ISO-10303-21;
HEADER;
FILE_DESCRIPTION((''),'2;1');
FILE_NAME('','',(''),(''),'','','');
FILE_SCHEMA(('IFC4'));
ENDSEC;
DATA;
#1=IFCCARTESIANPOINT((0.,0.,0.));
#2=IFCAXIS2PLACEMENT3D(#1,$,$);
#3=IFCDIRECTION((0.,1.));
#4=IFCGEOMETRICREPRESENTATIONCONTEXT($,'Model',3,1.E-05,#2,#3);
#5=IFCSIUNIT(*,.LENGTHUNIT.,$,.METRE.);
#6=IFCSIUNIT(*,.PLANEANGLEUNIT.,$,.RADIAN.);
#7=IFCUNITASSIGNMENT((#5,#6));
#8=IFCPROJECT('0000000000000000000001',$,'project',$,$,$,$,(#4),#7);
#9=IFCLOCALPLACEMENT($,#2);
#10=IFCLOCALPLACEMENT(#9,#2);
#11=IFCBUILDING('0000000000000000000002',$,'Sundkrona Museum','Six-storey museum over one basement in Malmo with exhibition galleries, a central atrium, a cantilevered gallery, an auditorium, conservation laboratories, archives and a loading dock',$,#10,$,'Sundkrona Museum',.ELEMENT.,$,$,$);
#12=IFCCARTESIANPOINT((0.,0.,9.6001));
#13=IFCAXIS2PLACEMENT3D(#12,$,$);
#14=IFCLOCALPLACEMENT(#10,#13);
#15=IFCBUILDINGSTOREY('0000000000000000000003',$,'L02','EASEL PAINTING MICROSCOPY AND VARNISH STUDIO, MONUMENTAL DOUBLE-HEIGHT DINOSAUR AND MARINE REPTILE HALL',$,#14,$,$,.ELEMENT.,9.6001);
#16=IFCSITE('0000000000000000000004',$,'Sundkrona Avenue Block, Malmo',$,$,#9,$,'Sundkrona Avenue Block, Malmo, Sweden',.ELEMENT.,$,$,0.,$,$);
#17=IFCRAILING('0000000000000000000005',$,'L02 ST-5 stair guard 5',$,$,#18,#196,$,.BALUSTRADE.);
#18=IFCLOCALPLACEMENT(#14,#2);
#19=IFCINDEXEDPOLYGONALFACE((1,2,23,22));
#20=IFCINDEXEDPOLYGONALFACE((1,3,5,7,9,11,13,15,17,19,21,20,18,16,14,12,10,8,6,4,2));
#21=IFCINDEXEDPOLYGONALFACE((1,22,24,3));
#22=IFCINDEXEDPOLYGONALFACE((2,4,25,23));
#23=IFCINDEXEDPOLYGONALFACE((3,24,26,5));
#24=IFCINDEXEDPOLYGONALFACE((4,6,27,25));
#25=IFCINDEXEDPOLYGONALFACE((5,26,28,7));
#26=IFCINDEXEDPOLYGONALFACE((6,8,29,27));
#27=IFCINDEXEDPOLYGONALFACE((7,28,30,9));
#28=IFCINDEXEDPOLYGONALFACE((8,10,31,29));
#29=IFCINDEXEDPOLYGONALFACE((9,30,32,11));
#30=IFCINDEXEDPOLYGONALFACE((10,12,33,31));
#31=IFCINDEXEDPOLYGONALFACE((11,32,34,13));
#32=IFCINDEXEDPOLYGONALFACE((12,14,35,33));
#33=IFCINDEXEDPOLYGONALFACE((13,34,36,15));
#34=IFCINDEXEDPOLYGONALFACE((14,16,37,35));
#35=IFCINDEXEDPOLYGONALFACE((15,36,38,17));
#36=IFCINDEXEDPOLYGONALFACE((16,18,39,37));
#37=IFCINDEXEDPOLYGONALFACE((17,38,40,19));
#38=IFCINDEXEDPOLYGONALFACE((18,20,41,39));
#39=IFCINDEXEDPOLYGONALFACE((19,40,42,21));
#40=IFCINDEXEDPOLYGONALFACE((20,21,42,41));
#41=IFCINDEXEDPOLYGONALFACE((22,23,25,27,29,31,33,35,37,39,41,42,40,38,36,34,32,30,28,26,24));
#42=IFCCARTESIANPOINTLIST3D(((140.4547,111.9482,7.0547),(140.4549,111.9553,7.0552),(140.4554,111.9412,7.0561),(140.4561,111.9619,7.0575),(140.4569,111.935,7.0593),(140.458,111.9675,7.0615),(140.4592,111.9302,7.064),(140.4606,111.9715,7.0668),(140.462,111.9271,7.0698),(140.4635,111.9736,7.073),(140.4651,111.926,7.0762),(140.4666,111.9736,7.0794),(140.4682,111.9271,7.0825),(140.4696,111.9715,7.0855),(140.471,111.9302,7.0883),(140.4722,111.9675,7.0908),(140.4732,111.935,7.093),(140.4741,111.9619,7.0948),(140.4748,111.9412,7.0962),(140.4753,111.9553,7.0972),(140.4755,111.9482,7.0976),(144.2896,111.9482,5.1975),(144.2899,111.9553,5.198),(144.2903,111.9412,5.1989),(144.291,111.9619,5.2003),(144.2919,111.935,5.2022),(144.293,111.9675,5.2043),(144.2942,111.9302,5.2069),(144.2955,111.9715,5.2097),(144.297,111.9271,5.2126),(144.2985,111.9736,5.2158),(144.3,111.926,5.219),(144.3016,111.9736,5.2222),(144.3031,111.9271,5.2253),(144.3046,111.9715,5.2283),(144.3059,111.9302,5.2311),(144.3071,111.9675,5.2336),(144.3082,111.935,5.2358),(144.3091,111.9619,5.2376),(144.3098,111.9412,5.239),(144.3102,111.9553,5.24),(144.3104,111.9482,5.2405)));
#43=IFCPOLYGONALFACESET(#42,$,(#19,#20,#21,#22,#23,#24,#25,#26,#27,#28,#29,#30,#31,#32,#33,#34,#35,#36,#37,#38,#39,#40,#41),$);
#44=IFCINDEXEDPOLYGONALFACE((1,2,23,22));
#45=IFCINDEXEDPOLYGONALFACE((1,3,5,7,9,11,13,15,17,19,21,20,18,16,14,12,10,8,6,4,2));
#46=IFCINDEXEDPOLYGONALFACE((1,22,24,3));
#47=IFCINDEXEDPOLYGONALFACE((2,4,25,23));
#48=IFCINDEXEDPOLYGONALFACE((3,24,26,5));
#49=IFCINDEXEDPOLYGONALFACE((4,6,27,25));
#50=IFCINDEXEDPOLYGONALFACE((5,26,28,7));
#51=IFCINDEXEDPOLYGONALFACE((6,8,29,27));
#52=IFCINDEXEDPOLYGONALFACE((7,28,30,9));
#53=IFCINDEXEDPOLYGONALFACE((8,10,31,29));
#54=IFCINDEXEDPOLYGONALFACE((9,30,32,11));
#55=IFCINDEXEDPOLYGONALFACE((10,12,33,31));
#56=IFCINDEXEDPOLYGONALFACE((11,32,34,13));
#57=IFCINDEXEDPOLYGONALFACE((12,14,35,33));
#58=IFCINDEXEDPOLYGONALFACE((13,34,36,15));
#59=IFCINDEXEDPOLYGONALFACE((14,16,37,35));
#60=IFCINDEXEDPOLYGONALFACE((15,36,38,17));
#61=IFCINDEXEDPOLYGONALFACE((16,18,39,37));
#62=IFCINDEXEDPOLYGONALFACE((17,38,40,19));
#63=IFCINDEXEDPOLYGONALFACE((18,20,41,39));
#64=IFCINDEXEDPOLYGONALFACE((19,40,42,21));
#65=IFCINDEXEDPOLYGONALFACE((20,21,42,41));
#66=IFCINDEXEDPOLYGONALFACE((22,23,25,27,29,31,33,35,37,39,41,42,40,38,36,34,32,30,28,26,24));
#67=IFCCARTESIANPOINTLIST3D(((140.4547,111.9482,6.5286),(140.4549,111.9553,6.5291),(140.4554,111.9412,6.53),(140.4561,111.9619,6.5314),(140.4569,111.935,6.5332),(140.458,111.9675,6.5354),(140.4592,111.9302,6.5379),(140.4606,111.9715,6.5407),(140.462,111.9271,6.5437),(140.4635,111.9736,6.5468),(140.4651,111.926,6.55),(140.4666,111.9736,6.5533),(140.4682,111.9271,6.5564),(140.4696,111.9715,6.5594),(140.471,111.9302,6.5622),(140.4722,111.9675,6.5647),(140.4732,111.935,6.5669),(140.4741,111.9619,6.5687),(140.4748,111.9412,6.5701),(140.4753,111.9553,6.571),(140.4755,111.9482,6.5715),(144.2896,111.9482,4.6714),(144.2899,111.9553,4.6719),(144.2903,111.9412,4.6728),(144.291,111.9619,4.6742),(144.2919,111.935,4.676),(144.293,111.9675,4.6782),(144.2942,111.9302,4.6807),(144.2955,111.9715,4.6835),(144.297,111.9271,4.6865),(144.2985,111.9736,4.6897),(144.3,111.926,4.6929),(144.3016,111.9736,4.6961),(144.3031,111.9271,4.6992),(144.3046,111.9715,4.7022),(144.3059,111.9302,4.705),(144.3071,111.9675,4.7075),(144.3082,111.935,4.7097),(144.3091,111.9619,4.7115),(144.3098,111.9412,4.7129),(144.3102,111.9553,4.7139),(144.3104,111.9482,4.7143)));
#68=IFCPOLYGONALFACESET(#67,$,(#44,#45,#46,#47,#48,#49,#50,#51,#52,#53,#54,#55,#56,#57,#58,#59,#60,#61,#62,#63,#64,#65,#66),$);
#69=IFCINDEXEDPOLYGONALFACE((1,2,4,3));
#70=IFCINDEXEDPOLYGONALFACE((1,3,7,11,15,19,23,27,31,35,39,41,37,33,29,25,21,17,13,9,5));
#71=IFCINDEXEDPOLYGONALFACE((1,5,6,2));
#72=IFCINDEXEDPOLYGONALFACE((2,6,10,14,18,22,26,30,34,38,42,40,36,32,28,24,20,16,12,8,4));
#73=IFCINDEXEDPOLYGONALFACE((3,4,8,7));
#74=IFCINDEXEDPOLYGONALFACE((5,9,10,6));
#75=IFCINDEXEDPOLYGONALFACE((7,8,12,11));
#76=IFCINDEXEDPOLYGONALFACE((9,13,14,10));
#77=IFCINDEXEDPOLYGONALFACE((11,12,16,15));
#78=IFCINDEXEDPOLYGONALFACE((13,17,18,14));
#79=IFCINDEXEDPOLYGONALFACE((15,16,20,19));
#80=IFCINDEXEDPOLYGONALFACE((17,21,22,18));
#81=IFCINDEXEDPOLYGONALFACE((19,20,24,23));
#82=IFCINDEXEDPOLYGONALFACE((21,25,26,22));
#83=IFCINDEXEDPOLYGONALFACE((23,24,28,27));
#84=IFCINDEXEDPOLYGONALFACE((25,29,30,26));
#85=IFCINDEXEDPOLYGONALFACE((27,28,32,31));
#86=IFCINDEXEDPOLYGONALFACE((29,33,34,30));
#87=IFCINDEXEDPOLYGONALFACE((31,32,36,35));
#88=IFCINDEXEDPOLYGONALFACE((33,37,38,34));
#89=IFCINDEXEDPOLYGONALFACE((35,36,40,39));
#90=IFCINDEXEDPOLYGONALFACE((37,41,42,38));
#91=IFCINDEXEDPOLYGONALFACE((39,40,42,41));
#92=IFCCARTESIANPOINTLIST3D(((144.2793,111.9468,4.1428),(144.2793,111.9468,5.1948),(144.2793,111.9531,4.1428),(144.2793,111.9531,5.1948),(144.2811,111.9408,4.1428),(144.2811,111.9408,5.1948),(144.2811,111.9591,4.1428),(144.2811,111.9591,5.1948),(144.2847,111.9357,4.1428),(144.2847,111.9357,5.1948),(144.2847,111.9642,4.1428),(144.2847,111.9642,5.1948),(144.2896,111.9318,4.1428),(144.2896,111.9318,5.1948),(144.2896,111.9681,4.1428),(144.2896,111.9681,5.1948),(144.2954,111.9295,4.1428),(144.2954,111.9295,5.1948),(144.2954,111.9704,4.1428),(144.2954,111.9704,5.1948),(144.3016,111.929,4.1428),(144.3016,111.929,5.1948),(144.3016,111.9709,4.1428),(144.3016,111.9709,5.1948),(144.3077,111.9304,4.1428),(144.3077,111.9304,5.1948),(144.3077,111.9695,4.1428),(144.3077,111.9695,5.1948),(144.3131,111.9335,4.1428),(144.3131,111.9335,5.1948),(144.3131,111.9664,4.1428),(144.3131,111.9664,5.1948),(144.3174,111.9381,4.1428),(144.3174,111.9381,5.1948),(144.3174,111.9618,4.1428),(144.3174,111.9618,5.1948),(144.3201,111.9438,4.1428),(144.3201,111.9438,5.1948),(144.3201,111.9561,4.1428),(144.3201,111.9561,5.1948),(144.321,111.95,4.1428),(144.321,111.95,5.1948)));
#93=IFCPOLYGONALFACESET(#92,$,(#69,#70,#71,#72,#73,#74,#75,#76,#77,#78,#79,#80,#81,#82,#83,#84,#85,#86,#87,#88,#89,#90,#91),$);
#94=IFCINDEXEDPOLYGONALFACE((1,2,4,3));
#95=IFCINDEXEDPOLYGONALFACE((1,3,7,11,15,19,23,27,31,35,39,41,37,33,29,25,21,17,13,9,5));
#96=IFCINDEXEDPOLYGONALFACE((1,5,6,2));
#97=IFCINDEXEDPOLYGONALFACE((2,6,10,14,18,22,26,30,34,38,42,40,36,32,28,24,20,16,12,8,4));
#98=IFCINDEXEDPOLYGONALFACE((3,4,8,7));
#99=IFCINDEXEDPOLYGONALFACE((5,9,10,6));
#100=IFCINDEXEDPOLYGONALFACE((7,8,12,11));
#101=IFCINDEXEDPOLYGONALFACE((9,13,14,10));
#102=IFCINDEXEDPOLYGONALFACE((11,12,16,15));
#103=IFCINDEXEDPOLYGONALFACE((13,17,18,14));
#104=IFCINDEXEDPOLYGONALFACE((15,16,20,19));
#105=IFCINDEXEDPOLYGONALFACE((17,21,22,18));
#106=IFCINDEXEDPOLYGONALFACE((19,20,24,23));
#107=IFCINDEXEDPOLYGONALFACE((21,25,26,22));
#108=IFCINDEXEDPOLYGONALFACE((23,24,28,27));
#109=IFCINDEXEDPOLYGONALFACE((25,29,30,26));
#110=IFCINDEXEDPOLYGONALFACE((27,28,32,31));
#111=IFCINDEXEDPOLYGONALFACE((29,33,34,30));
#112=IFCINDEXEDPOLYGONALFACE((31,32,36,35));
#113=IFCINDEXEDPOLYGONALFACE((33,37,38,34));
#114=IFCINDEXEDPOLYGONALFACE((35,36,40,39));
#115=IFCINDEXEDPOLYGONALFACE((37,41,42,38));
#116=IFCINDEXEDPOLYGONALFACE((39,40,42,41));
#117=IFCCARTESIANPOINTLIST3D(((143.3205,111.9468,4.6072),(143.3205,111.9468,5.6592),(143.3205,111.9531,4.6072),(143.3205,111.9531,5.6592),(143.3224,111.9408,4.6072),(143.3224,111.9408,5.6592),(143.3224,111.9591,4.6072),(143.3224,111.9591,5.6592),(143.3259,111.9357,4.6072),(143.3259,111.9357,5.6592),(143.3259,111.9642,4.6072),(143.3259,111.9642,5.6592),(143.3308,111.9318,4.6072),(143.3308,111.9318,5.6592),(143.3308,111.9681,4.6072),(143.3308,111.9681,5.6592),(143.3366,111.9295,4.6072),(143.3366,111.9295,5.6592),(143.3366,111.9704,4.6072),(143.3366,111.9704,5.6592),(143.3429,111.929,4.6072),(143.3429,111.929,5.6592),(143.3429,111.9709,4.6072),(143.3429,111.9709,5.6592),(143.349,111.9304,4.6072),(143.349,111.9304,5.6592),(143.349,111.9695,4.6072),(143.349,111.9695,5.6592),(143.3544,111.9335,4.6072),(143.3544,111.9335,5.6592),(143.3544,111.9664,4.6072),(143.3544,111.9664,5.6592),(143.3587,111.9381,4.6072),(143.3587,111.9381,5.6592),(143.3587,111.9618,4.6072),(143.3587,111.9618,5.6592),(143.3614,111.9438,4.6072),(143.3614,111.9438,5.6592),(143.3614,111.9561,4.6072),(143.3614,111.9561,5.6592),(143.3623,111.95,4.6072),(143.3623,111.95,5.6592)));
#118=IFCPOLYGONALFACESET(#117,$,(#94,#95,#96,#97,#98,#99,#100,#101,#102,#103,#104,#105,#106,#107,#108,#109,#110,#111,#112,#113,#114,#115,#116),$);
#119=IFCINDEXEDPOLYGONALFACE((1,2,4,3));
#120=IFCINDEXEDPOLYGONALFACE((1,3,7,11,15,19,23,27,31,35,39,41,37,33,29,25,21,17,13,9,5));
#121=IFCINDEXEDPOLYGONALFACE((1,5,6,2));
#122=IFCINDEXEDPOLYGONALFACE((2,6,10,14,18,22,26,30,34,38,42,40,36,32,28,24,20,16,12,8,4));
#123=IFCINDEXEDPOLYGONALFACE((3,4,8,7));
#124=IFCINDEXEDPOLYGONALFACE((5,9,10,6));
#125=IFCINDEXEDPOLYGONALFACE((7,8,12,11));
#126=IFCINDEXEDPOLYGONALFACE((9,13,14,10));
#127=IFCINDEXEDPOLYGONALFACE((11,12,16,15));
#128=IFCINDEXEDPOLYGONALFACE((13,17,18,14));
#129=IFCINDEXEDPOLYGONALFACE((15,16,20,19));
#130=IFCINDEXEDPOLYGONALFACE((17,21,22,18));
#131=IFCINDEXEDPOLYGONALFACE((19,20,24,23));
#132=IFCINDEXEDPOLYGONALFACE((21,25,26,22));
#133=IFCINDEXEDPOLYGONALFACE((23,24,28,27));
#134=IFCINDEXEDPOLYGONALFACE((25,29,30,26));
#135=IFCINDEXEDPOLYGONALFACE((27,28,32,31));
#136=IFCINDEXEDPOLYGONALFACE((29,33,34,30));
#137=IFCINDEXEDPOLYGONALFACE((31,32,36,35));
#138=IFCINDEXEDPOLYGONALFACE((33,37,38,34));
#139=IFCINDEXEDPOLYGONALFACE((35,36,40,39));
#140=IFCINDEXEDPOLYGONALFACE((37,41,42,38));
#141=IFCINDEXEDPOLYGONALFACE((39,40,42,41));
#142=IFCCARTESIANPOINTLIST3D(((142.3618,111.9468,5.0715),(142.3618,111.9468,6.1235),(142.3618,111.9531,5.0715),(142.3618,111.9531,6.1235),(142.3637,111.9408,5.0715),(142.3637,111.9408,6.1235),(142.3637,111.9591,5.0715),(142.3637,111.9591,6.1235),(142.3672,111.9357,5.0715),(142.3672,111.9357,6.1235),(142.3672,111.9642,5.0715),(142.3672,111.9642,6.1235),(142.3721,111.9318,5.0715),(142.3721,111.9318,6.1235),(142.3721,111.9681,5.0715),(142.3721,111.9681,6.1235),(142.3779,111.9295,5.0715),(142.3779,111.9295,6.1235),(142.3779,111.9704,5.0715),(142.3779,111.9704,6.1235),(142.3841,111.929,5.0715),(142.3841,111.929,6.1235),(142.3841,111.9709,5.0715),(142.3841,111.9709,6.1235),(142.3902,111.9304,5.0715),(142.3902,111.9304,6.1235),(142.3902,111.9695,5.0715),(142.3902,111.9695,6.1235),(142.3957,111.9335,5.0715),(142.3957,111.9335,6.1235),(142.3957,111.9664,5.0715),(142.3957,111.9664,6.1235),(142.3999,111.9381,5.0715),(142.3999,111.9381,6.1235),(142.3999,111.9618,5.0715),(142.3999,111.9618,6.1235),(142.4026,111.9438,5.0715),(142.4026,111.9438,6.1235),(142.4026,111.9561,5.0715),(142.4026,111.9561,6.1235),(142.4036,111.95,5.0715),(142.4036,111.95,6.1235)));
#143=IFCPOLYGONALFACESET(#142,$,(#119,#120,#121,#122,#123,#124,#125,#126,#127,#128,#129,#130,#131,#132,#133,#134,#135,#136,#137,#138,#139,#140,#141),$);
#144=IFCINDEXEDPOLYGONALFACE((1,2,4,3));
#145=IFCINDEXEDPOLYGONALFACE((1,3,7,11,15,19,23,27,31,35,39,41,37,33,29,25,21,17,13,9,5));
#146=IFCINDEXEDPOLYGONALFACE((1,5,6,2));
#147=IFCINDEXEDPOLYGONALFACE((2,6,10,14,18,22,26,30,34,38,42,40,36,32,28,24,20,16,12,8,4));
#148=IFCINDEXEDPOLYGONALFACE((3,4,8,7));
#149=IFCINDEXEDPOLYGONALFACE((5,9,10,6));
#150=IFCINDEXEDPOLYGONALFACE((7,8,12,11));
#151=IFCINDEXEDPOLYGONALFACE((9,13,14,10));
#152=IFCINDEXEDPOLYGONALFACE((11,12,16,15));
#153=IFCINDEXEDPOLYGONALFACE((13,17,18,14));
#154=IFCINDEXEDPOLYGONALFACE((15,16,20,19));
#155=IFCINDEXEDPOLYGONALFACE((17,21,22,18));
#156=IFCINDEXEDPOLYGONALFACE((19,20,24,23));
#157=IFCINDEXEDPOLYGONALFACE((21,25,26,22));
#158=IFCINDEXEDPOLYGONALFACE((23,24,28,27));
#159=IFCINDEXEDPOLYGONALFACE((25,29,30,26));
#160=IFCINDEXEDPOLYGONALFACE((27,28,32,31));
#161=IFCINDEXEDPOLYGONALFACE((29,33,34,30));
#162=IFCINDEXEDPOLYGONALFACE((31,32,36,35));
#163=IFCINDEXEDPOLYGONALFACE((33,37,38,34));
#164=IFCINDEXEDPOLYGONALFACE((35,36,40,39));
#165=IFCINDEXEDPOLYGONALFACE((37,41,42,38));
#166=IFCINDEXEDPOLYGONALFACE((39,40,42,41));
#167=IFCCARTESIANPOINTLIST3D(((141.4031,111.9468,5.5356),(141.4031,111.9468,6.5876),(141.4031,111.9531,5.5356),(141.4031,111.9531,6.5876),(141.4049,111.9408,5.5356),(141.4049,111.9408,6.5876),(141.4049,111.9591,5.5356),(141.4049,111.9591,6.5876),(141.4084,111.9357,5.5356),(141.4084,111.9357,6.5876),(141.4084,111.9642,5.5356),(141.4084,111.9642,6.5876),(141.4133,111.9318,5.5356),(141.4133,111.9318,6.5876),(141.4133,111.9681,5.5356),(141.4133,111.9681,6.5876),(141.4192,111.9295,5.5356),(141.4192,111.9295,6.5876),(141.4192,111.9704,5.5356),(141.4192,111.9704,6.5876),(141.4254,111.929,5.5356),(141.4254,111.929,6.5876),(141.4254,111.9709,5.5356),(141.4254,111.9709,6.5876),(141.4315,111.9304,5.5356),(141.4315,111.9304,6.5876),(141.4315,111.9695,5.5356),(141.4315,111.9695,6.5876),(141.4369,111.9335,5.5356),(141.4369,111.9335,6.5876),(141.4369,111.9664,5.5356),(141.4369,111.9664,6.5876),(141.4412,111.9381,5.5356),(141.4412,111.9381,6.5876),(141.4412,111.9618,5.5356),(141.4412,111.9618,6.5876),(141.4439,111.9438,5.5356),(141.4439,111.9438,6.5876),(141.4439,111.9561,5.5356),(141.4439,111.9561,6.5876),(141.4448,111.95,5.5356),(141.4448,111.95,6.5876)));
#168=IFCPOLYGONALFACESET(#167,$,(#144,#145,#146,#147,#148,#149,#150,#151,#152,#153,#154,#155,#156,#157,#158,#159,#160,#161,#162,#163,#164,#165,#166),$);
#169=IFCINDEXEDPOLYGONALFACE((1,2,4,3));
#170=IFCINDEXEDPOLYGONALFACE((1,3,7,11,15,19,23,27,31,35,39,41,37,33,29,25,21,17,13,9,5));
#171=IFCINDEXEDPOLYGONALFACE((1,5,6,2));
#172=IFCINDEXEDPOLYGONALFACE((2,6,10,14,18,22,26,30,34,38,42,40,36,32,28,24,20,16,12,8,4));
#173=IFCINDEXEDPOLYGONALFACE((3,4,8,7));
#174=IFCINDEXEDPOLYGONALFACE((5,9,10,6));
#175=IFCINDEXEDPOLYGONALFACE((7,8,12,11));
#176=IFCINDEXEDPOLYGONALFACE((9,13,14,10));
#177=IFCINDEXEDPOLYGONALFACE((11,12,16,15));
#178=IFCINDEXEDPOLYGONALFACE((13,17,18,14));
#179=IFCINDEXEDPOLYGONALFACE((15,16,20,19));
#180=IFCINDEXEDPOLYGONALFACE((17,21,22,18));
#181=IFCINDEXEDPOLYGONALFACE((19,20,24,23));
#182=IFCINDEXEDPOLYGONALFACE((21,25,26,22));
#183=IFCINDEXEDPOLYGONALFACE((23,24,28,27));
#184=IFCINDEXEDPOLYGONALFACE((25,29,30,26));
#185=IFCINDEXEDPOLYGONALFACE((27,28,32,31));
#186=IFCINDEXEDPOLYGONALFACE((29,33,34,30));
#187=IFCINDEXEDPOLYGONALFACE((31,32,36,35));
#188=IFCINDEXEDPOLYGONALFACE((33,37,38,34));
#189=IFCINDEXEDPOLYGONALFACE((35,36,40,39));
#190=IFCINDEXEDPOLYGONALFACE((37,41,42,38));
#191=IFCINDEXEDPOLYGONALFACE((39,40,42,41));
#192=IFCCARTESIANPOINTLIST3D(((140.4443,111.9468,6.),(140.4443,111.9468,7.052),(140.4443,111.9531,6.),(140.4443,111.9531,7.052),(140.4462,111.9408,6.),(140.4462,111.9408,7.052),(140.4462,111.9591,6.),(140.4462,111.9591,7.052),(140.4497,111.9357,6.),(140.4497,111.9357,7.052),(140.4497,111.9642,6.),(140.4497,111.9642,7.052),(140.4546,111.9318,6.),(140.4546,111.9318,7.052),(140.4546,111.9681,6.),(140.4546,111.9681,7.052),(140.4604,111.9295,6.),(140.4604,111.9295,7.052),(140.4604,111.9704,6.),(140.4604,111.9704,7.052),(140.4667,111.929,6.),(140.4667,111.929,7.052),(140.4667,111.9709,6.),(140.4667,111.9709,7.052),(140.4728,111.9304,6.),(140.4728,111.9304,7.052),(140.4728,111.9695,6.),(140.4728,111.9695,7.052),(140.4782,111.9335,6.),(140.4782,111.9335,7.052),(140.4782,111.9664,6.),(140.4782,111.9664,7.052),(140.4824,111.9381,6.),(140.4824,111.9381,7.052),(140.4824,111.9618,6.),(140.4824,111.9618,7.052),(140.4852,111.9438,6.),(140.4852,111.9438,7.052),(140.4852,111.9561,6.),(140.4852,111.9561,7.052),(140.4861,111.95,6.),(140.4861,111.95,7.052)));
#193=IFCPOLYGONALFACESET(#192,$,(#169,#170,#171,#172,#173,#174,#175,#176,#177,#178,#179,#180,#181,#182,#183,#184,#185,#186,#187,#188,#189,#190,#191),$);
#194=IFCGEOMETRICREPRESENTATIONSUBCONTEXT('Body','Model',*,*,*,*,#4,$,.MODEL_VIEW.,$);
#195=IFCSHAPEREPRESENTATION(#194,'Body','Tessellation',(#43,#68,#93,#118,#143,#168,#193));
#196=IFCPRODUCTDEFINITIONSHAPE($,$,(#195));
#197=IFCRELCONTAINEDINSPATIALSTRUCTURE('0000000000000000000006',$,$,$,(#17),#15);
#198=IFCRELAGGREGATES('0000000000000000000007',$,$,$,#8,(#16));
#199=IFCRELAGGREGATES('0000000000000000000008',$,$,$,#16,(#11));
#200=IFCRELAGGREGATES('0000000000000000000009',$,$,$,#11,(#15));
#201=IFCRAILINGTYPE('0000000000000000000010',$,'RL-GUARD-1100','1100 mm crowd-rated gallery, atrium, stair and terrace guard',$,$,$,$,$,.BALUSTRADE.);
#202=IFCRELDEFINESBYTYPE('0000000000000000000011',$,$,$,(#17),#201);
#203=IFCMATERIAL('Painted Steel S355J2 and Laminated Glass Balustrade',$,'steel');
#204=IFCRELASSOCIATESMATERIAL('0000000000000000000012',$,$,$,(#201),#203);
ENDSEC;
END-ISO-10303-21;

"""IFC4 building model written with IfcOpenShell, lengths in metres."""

from ifc_helpers import new_model, si_unit, direction, frame, origin, origin_2d, place, context, subcontext, project, spatial, circle, extrude, material, type_object, element, save


model = new_model("IFC4")

# Units and contexts
model_context = context("Model", 3, precision=1e-05, world=origin(), true_north=direction((0.0, 1.0)))
body_context = subcontext(model_context, "Body", "Model", "MODEL_VIEW")
ifc_project = project(units=[si_unit("LENGTHUNIT", "METRE"), si_unit("PLANEANGLEUNIT", "RADIAN")], contexts=[model_context])

# Site, building, storey
site_placement = place(None, origin())
site = spatial("IfcSite", under=ifc_project, at=site_placement, Name="Sundkrona Avenue Block, Malmo", LongName="Sundkrona Avenue Block, Malmo, Sweden", CompositionType="ELEMENT", RefElevation=0.0)
building_placement = place(site_placement, origin())
building = spatial("IfcBuilding", under=site, at=building_placement, Name="Sundkrona Museum", Description="Six-storey museum over one basement in Malmo with exhibition galleries, a central atrium, a cantilevered gallery, an auditorium, conservation laboratories, archives and a loading dock", LongName="Sundkrona Museum", CompositionType="ELEMENT")
storey_placement = place(building_placement, frame((0.0, 0.0, 9.6001)))
storey = spatial("IfcBuildingStorey", under=building, at=storey_placement, Name="L02", Description="EASEL PAINTING MICROSCOPY AND VARNISH STUDIO, MONUMENTAL DOUBLE-HEIGHT DINOSAUR AND MARINE REPTILE HALL", CompositionType="ELEMENT", Elevation=9.6001)

# Railing
ifc_material_1 = material(Name="Painted Steel S355J2 and Laminated Glass Balustrade", Category="steel")
railing_type_1 = type_object("IfcRailingType", Name="RL-GUARD-1100", Description="1100 mm crowd-rated gallery, atrium, stair and terrace guard", PredefinedType="BALUSTRADE", material=ifc_material_1)
railing_1_placement = place(storey_placement, frame((144.3, 111.95, 4.1428)))
element("IfcRailing", 1, at=railing_1_placement, inside=storey, type_object=railing_type_1, Name="L02 ST-5 stair guard 5", PredefinedType="BALUSTRADE", context=body_context, shape_type="SweptSolid", body=[
    extrude(circle(Radius=0.0239, at=origin_2d()), frame((0.0, 0.0, 1.0762), z_axis=(-0.900016, 0.0, 0.435856), x_axis=(0.0, -1.0, 0.0)), (0.0, 0.0, 1.0), 4.261),
    extrude(circle(Radius=0.0239, at=origin_2d()), frame((0.0, 0.0, 0.55), z_axis=(-0.900016, 0.0, 0.435856), x_axis=(0.0, -1.0, 0.0)), (0.0, 0.0, 1.0), 4.261),
    extrude(circle(Radius=0.021, at=origin_2d()), origin(), (0.0, 0.0, 1.0), 1.052),
    extrude(circle(Radius=0.021, at=origin_2d()), frame((-0.9587, 0.0, 0.4644)), (0.0, 0.0, 1.0), 1.052),
    extrude(circle(Radius=0.021, at=origin_2d()), frame((-1.9175, 0.0, 0.9287)), (0.0, 0.0, 1.0), 1.052),
    extrude(circle(Radius=0.021, at=origin_2d()), frame((-2.8762, 0.0, 1.3928)), (0.0, 0.0, 1.0), 1.052),
    extrude(circle(Radius=0.021, at=origin_2d()), frame((-3.835, 0.0, 1.8572)), (0.0, 0.0, 1.0), 1.052),
])

save(model, "model.ifc")
